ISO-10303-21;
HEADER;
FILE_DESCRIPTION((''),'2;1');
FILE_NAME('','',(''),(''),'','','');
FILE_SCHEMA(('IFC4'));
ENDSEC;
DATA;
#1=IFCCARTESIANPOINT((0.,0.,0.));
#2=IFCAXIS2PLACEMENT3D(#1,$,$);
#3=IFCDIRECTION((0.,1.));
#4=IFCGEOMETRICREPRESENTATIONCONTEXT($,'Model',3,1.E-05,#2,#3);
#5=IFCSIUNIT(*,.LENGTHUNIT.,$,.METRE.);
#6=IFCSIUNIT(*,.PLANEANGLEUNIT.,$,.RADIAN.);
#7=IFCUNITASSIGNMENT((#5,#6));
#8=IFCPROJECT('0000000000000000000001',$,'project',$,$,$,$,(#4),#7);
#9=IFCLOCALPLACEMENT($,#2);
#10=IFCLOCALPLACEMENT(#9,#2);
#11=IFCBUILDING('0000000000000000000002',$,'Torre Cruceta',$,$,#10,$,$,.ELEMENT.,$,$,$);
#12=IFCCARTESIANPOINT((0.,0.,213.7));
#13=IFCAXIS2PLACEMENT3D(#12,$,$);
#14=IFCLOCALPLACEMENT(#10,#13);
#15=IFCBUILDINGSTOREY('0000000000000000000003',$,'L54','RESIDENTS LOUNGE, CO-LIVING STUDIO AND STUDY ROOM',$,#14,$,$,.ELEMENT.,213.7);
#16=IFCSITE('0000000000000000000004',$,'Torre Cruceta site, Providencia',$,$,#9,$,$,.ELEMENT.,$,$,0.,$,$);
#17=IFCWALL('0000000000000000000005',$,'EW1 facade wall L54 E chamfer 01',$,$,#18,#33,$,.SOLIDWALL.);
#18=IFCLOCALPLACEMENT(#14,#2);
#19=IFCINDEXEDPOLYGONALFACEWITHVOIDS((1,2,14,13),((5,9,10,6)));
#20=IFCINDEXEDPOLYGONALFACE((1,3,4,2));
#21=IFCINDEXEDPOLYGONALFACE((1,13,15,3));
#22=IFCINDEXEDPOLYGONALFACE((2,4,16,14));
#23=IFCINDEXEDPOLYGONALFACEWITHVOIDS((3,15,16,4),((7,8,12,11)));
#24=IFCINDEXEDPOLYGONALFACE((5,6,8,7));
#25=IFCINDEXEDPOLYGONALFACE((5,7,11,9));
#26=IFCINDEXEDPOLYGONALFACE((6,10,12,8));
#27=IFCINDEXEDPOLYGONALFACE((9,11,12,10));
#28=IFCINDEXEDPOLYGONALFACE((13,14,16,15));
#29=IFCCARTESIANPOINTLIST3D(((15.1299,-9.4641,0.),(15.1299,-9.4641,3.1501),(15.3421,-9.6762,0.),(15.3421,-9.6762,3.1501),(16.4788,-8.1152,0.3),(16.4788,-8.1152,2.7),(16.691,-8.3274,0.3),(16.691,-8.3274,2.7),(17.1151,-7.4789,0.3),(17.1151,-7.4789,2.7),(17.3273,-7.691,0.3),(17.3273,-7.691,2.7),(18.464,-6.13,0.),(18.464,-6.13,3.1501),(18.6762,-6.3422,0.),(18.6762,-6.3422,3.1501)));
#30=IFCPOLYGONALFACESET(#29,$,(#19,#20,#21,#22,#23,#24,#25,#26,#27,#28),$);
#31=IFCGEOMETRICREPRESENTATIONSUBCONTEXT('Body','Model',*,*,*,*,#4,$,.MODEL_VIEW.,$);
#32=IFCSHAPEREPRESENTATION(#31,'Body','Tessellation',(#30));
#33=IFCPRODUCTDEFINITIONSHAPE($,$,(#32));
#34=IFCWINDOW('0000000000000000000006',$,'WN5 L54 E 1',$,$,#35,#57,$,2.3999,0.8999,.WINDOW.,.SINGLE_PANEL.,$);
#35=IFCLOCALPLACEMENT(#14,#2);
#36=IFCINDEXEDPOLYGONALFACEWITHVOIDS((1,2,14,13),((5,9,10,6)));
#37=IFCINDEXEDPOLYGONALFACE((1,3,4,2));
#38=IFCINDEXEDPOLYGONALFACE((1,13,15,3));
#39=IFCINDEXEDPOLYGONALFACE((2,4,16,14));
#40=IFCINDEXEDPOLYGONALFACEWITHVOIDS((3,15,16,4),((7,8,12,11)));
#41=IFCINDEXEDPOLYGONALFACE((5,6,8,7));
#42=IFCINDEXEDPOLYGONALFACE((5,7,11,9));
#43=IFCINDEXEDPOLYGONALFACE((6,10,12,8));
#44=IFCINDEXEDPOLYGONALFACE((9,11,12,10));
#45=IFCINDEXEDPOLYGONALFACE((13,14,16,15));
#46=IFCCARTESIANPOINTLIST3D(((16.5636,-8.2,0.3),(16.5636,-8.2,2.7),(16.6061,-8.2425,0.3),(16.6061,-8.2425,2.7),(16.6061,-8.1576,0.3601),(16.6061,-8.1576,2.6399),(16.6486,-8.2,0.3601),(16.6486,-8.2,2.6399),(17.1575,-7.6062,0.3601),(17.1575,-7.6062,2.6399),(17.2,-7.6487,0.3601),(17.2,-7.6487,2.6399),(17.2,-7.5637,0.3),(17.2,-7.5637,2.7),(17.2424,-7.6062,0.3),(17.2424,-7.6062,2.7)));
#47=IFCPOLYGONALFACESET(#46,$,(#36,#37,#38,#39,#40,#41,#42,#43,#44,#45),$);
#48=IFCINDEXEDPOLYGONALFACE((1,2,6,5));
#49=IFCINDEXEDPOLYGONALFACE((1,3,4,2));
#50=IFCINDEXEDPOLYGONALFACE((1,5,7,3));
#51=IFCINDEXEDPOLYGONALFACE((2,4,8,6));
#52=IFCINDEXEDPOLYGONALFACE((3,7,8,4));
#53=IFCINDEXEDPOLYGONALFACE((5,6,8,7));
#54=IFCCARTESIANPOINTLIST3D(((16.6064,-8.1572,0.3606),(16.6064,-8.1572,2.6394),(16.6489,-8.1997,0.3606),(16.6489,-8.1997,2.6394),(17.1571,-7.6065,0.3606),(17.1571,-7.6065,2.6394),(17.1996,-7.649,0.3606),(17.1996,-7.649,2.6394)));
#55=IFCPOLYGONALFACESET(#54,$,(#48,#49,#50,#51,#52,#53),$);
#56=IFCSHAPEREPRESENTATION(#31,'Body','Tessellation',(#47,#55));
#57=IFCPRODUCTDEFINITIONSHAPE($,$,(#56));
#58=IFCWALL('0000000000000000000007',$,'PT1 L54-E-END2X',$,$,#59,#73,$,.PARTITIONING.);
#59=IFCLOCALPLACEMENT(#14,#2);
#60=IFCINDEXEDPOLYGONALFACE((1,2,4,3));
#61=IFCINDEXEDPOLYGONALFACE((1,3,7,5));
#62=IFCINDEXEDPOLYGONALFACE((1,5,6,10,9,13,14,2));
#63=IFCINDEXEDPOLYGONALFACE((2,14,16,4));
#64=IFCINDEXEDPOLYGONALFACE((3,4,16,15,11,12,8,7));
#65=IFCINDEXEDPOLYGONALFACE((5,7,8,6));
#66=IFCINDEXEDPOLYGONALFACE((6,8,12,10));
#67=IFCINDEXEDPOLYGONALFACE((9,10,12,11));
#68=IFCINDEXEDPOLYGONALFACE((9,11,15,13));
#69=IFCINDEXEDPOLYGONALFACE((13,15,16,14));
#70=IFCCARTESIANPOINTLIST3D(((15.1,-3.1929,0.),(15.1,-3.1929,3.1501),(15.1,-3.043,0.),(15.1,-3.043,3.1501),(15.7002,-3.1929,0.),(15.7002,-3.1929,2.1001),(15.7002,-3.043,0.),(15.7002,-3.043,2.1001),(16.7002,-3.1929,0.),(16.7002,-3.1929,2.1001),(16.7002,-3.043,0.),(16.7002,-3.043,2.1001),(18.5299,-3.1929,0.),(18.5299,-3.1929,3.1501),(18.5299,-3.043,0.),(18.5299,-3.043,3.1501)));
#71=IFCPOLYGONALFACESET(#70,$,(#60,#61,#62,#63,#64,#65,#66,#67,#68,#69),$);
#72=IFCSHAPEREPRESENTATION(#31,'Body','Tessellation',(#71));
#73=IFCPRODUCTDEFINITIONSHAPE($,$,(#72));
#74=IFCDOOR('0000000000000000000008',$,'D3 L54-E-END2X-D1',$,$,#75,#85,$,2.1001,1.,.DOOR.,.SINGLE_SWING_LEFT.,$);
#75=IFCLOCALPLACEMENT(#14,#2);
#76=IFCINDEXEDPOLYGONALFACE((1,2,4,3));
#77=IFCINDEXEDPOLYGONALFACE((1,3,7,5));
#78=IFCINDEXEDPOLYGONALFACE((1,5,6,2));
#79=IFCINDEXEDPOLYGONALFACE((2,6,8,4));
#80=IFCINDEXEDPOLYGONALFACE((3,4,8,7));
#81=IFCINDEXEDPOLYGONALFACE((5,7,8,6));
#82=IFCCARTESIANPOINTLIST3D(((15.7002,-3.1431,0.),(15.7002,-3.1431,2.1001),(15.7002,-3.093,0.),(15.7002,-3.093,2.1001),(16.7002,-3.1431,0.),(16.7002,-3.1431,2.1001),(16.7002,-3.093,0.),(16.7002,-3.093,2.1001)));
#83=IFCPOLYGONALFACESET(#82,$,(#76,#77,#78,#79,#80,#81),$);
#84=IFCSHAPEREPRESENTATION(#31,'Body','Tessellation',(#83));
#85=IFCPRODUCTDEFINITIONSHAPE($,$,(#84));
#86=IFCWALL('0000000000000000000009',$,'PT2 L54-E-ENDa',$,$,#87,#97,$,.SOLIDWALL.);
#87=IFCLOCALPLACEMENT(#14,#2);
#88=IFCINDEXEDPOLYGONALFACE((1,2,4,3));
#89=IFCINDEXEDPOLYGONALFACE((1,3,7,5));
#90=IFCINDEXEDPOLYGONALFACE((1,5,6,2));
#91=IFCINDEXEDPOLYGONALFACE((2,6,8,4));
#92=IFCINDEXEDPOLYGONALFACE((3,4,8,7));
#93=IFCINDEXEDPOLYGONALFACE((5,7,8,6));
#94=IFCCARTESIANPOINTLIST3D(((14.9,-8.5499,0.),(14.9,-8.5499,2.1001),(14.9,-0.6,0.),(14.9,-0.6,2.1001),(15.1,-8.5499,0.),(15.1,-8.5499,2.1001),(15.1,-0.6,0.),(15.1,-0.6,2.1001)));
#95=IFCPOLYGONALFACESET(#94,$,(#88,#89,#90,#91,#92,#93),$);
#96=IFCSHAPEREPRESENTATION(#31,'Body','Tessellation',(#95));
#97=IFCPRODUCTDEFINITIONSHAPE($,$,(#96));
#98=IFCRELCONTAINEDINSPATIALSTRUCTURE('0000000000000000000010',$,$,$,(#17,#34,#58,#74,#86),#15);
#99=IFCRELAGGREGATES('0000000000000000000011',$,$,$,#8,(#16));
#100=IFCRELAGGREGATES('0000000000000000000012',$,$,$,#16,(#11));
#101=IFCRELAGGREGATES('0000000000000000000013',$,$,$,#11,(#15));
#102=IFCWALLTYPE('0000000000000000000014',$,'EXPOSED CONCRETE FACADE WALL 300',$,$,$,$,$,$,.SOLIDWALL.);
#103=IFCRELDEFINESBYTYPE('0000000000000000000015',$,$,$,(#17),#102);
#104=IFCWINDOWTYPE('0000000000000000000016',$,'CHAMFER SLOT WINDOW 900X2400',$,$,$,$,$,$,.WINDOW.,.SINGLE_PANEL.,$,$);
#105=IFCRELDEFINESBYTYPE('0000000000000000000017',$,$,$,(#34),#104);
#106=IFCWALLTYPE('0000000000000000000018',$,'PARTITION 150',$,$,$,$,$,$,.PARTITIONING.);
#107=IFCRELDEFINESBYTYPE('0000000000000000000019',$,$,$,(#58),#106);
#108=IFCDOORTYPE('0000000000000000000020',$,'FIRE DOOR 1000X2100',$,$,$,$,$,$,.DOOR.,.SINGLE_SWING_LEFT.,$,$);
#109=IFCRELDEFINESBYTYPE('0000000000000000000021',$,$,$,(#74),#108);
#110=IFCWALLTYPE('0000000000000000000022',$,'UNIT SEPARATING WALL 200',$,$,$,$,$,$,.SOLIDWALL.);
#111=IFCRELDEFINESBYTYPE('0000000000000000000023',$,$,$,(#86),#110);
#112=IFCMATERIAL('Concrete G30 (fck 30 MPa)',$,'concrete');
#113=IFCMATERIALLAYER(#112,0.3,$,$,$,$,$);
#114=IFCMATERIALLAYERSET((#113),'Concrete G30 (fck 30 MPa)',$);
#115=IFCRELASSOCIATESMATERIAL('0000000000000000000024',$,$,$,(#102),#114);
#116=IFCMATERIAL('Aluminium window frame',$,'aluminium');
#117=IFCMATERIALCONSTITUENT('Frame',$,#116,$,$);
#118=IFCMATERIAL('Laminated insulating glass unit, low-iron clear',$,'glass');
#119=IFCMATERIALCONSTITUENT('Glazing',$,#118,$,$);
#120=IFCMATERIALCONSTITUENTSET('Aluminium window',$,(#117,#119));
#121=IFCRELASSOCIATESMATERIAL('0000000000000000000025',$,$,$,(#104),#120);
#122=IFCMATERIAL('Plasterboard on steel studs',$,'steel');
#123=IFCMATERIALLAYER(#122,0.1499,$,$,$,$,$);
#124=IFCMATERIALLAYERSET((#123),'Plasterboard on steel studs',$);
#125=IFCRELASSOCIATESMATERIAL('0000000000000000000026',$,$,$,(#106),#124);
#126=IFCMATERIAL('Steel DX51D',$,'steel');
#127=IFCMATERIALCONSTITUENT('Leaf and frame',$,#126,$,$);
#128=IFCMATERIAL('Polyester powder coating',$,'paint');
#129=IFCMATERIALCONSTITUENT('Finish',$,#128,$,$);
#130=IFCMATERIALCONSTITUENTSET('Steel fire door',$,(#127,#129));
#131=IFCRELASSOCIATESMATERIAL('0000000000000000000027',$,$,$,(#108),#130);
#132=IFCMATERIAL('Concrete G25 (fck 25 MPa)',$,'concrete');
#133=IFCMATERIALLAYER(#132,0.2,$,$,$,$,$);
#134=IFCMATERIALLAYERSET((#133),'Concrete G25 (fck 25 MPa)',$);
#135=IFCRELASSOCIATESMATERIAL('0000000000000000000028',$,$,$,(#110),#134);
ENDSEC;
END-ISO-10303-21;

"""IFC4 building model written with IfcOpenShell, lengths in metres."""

from ifc_helpers import new_model, si_unit, direction, frame, frame_2d, origin, place, context, subcontext, project, spatial, rectangle, hollow_rectangle, extrude, material, layer, layer_set, constituent, constituent_set, type_object, element, fill, save


model = new_model("IFC4")

# Units and contexts
model_context = context("Model", 3, precision=1e-05, world=origin(), true_north=direction((0.0, 1.0)))
body_context = subcontext(model_context, "Body", "Model", "MODEL_VIEW")
ifc_project = project(units=[si_unit("LENGTHUNIT", "METRE"), si_unit("PLANEANGLEUNIT", "RADIAN")], contexts=[model_context])

# Site, building, storey
site_placement = place(None, origin())
site = spatial("IfcSite", under=ifc_project, at=site_placement, Name="Torre Cruceta site, Providencia", CompositionType="ELEMENT", RefElevation=0.0)
building_placement = place(site_placement, origin())
building = spatial("IfcBuilding", under=site, at=building_placement, Name="Torre Cruceta", CompositionType="ELEMENT")
storey_placement = place(building_placement, frame((0.0, 0.0, 213.7)))
storey = spatial("IfcBuildingStorey", under=building, at=storey_placement, Name="L54", Description="RESIDENTS LOUNGE, CO-LIVING STUDIO AND STUDY ROOM", CompositionType="ELEMENT", Elevation=213.7)

# Wall, opening, window
ifc_material_1 = material(Name="Concrete G30 (fck 30 MPa)", Category="concrete")
ifc_layer_1 = layer(ifc_material_1, 0.3)
ifc_layer_set_1 = layer_set([ifc_layer_1], Name="Concrete G30 (fck 30 MPa)")
wall_type_1 = type_object("IfcWallType", Name="EXPOSED CONCRETE FACADE WALL 300", PredefinedType="SOLIDWALL", material=ifc_layer_set_1)
wall_1_placement = place(storey_placement, frame((15.2361, -9.5701, 0.0), z_axis=(0.0, 0.0, 1.0), x_axis=(0.707107, 0.707107, 0.0)))
wall_1 = element("IfcWall", 1, at=wall_1_placement, inside=storey, type_object=wall_type_1, Name="EW1 facade wall L54 E chamfer 01", PredefinedType="SOLIDWALL", context=body_context, shape_type="SweptSolid", body=[
    extrude(rectangle(XDim=4.7151, YDim=0.3, at=frame_2d((2.3574, 0.0))), origin(), (0.0, 0.0, 1.0), 3.1501),
])
opening_1_placement = place(wall_1_placement, frame((1.9075, 0.0, 0.3)))
opening_1 = element("IfcOpeningElement", 2, at=opening_1_placement, cuts=wall_1, PredefinedType="OPENING", context=body_context, shape_type="SweptSolid", body=[
    extrude(rectangle(XDim=0.8999, YDim=2.3999, at=frame_2d((0.45, 1.2))), frame((0.0, 0.1599, 0.0), z_axis=(0.0, -1.0, 0.0), x_axis=(1.0, 0.0, 0.0)), (0.0, 0.0, 1.0), 0.3201),
])
ifc_material_2 = material(Name="Aluminium window frame", Category="aluminium")
ifc_constituent_1 = constituent(ifc_material_2, Name="Frame")
ifc_material_3 = material(Name="Laminated insulating glass unit, low-iron clear", Category="glass")
ifc_constituent_2 = constituent(ifc_material_3, Name="Glazing")
ifc_constituent_set_1 = constituent_set(constituents=[ifc_constituent_1, ifc_constituent_2], Name="Aluminium window")
window_type = type_object("IfcWindowType", Name="CHAMFER SLOT WINDOW 900X2400", PartitioningType="SINGLE_PANEL", PredefinedType="WINDOW", material=ifc_constituent_set_1)
window_placement = place(opening_1_placement, origin())
window = element("IfcWindow", 3, at=window_placement, inside=storey, type_object=window_type, Name="WN5 L54 E 1", OverallHeight=2.3999, OverallWidth=0.8999, PartitioningType="SINGLE_PANEL", PredefinedType="WINDOW", context=body_context, shape_type="SweptSolid", body=[
    extrude(hollow_rectangle(XDim=0.8999, YDim=2.3999, WallThickness=0.0601, at=frame_2d((0.45, 1.2))), frame((0.0, 0.03, 0.0), z_axis=(0.0, -1.0, 0.0), x_axis=(1.0, 0.0, 0.0)), (0.0, 0.0, 1.0), 0.0601),
    extrude(rectangle(XDim=0.7788, YDim=2.2788, at=frame_2d((0.45, 1.2))), frame((0.0, 0.03, 0.0), z_axis=(0.0, -1.0, 0.0), x_axis=(1.0, 0.0, 0.0)), (0.0, 0.0, 1.0), 0.0601),
])
fill(opening_1, window)

# Wall, opening, door
ifc_material_4 = material(Name="Plasterboard on steel studs", Category="steel")
ifc_layer_2 = layer(ifc_material_4, 0.1499)
ifc_layer_set_2 = layer_set([ifc_layer_2], Name="Plasterboard on steel studs")
wall_type_2 = type_object("IfcWallType", Name="PARTITION 150", PredefinedType="PARTITIONING", material=ifc_layer_set_2)
wall_2_placement = place(storey_placement, frame((15.1001, -3.1179, 0.0), z_axis=(0.0, 0.0, 1.0), x_axis=(1.0, 0.0, 0.0)))
wall_2 = element("IfcWall", 4, at=wall_2_placement, inside=storey, type_object=wall_type_2, Name="PT1 L54-E-END2X", PredefinedType="PARTITIONING", context=body_context, shape_type="SweptSolid", body=[
    extrude(rectangle(XDim=3.4299, YDim=0.1499, at=frame_2d((1.7148, 0.0))), origin(), (0.0, 0.0, 1.0), 3.1501),
])
opening_2_placement = place(wall_2_placement, frame((0.6001, 0.0, 0.0)))
opening_2 = element("IfcOpeningElement", 5, at=opening_2_placement, cuts=wall_2, PredefinedType="OPENING", context=body_context, shape_type="SweptSolid", body=[
    extrude(rectangle(XDim=1.0, YDim=2.1001, at=frame_2d((0.5, 1.05))), frame((0.0, 0.085, 0.0), z_axis=(0.0, -1.0, 0.0), x_axis=(1.0, 0.0, 0.0)), (0.0, 0.0, 1.0), 0.1699),
])
ifc_material_5 = material(Name="Steel DX51D", Category="steel")
ifc_constituent_3 = constituent(ifc_material_5, Name="Leaf and frame")
ifc_material_6 = material(Name="Polyester powder coating", Category="paint")
ifc_constituent_4 = constituent(ifc_material_6, Name="Finish")
ifc_constituent_set_2 = constituent_set(constituents=[ifc_constituent_3, ifc_constituent_4], Name="Steel fire door")
door_type_1 = type_object("IfcDoorType", Name="FIRE DOOR 1000X2100", OperationType="SINGLE_SWING_LEFT", PredefinedType="DOOR", material=ifc_constituent_set_2)
door_1_placement = place(opening_2_placement, origin())
door_1 = element("IfcDoor", 6, at=door_1_placement, inside=storey, type_object=door_type_1, Name="D3 L54-E-END2X-D1", OperationType="SINGLE_SWING_LEFT", OverallHeight=2.1001, OverallWidth=1.0, PredefinedType="DOOR", context=body_context, shape_type="SweptSolid", body=[
    extrude(rectangle(XDim=1.0, YDim=2.1001, at=frame_2d((0.5, 1.05))), frame((0.0, 0.0249, 0.0), z_axis=(0.0, -1.0, 0.0), x_axis=(1.0, 0.0, 0.0)), (0.0, 0.0, 1.0), 0.05),
])
fill(opening_2, door_1)

# Wall
ifc_material_7 = material(Name="Concrete G25 (fck 25 MPa)", Category="concrete")
ifc_layer_3 = layer(ifc_material_7, 0.2)
ifc_layer_set_3 = layer_set([ifc_layer_3], Name="Concrete G25 (fck 25 MPa)")
wall_type_3 = type_object("IfcWallType", Name="UNIT SEPARATING WALL 200", PredefinedType="SOLIDWALL", material=ifc_layer_set_3)
wall_3_placement = place(storey_placement, frame((15.0, -8.55, 0.0), z_axis=(0.0, 0.0, 1.0), x_axis=(0.0, 1.0, 0.0)))
element("IfcWall", 7, at=wall_3_placement, inside=storey, type_object=wall_type_3, Name="PT2 L54-E-ENDa", PredefinedType="SOLIDWALL", context=body_context, shape_type="SweptSolid", body=[
    extrude(rectangle(XDim=7.95, YDim=0.2, at=frame_2d((3.9751, 0.0))), origin(), (0.0, 0.0, 1.0), 2.1001),
])

save(model, "model.ifc")
